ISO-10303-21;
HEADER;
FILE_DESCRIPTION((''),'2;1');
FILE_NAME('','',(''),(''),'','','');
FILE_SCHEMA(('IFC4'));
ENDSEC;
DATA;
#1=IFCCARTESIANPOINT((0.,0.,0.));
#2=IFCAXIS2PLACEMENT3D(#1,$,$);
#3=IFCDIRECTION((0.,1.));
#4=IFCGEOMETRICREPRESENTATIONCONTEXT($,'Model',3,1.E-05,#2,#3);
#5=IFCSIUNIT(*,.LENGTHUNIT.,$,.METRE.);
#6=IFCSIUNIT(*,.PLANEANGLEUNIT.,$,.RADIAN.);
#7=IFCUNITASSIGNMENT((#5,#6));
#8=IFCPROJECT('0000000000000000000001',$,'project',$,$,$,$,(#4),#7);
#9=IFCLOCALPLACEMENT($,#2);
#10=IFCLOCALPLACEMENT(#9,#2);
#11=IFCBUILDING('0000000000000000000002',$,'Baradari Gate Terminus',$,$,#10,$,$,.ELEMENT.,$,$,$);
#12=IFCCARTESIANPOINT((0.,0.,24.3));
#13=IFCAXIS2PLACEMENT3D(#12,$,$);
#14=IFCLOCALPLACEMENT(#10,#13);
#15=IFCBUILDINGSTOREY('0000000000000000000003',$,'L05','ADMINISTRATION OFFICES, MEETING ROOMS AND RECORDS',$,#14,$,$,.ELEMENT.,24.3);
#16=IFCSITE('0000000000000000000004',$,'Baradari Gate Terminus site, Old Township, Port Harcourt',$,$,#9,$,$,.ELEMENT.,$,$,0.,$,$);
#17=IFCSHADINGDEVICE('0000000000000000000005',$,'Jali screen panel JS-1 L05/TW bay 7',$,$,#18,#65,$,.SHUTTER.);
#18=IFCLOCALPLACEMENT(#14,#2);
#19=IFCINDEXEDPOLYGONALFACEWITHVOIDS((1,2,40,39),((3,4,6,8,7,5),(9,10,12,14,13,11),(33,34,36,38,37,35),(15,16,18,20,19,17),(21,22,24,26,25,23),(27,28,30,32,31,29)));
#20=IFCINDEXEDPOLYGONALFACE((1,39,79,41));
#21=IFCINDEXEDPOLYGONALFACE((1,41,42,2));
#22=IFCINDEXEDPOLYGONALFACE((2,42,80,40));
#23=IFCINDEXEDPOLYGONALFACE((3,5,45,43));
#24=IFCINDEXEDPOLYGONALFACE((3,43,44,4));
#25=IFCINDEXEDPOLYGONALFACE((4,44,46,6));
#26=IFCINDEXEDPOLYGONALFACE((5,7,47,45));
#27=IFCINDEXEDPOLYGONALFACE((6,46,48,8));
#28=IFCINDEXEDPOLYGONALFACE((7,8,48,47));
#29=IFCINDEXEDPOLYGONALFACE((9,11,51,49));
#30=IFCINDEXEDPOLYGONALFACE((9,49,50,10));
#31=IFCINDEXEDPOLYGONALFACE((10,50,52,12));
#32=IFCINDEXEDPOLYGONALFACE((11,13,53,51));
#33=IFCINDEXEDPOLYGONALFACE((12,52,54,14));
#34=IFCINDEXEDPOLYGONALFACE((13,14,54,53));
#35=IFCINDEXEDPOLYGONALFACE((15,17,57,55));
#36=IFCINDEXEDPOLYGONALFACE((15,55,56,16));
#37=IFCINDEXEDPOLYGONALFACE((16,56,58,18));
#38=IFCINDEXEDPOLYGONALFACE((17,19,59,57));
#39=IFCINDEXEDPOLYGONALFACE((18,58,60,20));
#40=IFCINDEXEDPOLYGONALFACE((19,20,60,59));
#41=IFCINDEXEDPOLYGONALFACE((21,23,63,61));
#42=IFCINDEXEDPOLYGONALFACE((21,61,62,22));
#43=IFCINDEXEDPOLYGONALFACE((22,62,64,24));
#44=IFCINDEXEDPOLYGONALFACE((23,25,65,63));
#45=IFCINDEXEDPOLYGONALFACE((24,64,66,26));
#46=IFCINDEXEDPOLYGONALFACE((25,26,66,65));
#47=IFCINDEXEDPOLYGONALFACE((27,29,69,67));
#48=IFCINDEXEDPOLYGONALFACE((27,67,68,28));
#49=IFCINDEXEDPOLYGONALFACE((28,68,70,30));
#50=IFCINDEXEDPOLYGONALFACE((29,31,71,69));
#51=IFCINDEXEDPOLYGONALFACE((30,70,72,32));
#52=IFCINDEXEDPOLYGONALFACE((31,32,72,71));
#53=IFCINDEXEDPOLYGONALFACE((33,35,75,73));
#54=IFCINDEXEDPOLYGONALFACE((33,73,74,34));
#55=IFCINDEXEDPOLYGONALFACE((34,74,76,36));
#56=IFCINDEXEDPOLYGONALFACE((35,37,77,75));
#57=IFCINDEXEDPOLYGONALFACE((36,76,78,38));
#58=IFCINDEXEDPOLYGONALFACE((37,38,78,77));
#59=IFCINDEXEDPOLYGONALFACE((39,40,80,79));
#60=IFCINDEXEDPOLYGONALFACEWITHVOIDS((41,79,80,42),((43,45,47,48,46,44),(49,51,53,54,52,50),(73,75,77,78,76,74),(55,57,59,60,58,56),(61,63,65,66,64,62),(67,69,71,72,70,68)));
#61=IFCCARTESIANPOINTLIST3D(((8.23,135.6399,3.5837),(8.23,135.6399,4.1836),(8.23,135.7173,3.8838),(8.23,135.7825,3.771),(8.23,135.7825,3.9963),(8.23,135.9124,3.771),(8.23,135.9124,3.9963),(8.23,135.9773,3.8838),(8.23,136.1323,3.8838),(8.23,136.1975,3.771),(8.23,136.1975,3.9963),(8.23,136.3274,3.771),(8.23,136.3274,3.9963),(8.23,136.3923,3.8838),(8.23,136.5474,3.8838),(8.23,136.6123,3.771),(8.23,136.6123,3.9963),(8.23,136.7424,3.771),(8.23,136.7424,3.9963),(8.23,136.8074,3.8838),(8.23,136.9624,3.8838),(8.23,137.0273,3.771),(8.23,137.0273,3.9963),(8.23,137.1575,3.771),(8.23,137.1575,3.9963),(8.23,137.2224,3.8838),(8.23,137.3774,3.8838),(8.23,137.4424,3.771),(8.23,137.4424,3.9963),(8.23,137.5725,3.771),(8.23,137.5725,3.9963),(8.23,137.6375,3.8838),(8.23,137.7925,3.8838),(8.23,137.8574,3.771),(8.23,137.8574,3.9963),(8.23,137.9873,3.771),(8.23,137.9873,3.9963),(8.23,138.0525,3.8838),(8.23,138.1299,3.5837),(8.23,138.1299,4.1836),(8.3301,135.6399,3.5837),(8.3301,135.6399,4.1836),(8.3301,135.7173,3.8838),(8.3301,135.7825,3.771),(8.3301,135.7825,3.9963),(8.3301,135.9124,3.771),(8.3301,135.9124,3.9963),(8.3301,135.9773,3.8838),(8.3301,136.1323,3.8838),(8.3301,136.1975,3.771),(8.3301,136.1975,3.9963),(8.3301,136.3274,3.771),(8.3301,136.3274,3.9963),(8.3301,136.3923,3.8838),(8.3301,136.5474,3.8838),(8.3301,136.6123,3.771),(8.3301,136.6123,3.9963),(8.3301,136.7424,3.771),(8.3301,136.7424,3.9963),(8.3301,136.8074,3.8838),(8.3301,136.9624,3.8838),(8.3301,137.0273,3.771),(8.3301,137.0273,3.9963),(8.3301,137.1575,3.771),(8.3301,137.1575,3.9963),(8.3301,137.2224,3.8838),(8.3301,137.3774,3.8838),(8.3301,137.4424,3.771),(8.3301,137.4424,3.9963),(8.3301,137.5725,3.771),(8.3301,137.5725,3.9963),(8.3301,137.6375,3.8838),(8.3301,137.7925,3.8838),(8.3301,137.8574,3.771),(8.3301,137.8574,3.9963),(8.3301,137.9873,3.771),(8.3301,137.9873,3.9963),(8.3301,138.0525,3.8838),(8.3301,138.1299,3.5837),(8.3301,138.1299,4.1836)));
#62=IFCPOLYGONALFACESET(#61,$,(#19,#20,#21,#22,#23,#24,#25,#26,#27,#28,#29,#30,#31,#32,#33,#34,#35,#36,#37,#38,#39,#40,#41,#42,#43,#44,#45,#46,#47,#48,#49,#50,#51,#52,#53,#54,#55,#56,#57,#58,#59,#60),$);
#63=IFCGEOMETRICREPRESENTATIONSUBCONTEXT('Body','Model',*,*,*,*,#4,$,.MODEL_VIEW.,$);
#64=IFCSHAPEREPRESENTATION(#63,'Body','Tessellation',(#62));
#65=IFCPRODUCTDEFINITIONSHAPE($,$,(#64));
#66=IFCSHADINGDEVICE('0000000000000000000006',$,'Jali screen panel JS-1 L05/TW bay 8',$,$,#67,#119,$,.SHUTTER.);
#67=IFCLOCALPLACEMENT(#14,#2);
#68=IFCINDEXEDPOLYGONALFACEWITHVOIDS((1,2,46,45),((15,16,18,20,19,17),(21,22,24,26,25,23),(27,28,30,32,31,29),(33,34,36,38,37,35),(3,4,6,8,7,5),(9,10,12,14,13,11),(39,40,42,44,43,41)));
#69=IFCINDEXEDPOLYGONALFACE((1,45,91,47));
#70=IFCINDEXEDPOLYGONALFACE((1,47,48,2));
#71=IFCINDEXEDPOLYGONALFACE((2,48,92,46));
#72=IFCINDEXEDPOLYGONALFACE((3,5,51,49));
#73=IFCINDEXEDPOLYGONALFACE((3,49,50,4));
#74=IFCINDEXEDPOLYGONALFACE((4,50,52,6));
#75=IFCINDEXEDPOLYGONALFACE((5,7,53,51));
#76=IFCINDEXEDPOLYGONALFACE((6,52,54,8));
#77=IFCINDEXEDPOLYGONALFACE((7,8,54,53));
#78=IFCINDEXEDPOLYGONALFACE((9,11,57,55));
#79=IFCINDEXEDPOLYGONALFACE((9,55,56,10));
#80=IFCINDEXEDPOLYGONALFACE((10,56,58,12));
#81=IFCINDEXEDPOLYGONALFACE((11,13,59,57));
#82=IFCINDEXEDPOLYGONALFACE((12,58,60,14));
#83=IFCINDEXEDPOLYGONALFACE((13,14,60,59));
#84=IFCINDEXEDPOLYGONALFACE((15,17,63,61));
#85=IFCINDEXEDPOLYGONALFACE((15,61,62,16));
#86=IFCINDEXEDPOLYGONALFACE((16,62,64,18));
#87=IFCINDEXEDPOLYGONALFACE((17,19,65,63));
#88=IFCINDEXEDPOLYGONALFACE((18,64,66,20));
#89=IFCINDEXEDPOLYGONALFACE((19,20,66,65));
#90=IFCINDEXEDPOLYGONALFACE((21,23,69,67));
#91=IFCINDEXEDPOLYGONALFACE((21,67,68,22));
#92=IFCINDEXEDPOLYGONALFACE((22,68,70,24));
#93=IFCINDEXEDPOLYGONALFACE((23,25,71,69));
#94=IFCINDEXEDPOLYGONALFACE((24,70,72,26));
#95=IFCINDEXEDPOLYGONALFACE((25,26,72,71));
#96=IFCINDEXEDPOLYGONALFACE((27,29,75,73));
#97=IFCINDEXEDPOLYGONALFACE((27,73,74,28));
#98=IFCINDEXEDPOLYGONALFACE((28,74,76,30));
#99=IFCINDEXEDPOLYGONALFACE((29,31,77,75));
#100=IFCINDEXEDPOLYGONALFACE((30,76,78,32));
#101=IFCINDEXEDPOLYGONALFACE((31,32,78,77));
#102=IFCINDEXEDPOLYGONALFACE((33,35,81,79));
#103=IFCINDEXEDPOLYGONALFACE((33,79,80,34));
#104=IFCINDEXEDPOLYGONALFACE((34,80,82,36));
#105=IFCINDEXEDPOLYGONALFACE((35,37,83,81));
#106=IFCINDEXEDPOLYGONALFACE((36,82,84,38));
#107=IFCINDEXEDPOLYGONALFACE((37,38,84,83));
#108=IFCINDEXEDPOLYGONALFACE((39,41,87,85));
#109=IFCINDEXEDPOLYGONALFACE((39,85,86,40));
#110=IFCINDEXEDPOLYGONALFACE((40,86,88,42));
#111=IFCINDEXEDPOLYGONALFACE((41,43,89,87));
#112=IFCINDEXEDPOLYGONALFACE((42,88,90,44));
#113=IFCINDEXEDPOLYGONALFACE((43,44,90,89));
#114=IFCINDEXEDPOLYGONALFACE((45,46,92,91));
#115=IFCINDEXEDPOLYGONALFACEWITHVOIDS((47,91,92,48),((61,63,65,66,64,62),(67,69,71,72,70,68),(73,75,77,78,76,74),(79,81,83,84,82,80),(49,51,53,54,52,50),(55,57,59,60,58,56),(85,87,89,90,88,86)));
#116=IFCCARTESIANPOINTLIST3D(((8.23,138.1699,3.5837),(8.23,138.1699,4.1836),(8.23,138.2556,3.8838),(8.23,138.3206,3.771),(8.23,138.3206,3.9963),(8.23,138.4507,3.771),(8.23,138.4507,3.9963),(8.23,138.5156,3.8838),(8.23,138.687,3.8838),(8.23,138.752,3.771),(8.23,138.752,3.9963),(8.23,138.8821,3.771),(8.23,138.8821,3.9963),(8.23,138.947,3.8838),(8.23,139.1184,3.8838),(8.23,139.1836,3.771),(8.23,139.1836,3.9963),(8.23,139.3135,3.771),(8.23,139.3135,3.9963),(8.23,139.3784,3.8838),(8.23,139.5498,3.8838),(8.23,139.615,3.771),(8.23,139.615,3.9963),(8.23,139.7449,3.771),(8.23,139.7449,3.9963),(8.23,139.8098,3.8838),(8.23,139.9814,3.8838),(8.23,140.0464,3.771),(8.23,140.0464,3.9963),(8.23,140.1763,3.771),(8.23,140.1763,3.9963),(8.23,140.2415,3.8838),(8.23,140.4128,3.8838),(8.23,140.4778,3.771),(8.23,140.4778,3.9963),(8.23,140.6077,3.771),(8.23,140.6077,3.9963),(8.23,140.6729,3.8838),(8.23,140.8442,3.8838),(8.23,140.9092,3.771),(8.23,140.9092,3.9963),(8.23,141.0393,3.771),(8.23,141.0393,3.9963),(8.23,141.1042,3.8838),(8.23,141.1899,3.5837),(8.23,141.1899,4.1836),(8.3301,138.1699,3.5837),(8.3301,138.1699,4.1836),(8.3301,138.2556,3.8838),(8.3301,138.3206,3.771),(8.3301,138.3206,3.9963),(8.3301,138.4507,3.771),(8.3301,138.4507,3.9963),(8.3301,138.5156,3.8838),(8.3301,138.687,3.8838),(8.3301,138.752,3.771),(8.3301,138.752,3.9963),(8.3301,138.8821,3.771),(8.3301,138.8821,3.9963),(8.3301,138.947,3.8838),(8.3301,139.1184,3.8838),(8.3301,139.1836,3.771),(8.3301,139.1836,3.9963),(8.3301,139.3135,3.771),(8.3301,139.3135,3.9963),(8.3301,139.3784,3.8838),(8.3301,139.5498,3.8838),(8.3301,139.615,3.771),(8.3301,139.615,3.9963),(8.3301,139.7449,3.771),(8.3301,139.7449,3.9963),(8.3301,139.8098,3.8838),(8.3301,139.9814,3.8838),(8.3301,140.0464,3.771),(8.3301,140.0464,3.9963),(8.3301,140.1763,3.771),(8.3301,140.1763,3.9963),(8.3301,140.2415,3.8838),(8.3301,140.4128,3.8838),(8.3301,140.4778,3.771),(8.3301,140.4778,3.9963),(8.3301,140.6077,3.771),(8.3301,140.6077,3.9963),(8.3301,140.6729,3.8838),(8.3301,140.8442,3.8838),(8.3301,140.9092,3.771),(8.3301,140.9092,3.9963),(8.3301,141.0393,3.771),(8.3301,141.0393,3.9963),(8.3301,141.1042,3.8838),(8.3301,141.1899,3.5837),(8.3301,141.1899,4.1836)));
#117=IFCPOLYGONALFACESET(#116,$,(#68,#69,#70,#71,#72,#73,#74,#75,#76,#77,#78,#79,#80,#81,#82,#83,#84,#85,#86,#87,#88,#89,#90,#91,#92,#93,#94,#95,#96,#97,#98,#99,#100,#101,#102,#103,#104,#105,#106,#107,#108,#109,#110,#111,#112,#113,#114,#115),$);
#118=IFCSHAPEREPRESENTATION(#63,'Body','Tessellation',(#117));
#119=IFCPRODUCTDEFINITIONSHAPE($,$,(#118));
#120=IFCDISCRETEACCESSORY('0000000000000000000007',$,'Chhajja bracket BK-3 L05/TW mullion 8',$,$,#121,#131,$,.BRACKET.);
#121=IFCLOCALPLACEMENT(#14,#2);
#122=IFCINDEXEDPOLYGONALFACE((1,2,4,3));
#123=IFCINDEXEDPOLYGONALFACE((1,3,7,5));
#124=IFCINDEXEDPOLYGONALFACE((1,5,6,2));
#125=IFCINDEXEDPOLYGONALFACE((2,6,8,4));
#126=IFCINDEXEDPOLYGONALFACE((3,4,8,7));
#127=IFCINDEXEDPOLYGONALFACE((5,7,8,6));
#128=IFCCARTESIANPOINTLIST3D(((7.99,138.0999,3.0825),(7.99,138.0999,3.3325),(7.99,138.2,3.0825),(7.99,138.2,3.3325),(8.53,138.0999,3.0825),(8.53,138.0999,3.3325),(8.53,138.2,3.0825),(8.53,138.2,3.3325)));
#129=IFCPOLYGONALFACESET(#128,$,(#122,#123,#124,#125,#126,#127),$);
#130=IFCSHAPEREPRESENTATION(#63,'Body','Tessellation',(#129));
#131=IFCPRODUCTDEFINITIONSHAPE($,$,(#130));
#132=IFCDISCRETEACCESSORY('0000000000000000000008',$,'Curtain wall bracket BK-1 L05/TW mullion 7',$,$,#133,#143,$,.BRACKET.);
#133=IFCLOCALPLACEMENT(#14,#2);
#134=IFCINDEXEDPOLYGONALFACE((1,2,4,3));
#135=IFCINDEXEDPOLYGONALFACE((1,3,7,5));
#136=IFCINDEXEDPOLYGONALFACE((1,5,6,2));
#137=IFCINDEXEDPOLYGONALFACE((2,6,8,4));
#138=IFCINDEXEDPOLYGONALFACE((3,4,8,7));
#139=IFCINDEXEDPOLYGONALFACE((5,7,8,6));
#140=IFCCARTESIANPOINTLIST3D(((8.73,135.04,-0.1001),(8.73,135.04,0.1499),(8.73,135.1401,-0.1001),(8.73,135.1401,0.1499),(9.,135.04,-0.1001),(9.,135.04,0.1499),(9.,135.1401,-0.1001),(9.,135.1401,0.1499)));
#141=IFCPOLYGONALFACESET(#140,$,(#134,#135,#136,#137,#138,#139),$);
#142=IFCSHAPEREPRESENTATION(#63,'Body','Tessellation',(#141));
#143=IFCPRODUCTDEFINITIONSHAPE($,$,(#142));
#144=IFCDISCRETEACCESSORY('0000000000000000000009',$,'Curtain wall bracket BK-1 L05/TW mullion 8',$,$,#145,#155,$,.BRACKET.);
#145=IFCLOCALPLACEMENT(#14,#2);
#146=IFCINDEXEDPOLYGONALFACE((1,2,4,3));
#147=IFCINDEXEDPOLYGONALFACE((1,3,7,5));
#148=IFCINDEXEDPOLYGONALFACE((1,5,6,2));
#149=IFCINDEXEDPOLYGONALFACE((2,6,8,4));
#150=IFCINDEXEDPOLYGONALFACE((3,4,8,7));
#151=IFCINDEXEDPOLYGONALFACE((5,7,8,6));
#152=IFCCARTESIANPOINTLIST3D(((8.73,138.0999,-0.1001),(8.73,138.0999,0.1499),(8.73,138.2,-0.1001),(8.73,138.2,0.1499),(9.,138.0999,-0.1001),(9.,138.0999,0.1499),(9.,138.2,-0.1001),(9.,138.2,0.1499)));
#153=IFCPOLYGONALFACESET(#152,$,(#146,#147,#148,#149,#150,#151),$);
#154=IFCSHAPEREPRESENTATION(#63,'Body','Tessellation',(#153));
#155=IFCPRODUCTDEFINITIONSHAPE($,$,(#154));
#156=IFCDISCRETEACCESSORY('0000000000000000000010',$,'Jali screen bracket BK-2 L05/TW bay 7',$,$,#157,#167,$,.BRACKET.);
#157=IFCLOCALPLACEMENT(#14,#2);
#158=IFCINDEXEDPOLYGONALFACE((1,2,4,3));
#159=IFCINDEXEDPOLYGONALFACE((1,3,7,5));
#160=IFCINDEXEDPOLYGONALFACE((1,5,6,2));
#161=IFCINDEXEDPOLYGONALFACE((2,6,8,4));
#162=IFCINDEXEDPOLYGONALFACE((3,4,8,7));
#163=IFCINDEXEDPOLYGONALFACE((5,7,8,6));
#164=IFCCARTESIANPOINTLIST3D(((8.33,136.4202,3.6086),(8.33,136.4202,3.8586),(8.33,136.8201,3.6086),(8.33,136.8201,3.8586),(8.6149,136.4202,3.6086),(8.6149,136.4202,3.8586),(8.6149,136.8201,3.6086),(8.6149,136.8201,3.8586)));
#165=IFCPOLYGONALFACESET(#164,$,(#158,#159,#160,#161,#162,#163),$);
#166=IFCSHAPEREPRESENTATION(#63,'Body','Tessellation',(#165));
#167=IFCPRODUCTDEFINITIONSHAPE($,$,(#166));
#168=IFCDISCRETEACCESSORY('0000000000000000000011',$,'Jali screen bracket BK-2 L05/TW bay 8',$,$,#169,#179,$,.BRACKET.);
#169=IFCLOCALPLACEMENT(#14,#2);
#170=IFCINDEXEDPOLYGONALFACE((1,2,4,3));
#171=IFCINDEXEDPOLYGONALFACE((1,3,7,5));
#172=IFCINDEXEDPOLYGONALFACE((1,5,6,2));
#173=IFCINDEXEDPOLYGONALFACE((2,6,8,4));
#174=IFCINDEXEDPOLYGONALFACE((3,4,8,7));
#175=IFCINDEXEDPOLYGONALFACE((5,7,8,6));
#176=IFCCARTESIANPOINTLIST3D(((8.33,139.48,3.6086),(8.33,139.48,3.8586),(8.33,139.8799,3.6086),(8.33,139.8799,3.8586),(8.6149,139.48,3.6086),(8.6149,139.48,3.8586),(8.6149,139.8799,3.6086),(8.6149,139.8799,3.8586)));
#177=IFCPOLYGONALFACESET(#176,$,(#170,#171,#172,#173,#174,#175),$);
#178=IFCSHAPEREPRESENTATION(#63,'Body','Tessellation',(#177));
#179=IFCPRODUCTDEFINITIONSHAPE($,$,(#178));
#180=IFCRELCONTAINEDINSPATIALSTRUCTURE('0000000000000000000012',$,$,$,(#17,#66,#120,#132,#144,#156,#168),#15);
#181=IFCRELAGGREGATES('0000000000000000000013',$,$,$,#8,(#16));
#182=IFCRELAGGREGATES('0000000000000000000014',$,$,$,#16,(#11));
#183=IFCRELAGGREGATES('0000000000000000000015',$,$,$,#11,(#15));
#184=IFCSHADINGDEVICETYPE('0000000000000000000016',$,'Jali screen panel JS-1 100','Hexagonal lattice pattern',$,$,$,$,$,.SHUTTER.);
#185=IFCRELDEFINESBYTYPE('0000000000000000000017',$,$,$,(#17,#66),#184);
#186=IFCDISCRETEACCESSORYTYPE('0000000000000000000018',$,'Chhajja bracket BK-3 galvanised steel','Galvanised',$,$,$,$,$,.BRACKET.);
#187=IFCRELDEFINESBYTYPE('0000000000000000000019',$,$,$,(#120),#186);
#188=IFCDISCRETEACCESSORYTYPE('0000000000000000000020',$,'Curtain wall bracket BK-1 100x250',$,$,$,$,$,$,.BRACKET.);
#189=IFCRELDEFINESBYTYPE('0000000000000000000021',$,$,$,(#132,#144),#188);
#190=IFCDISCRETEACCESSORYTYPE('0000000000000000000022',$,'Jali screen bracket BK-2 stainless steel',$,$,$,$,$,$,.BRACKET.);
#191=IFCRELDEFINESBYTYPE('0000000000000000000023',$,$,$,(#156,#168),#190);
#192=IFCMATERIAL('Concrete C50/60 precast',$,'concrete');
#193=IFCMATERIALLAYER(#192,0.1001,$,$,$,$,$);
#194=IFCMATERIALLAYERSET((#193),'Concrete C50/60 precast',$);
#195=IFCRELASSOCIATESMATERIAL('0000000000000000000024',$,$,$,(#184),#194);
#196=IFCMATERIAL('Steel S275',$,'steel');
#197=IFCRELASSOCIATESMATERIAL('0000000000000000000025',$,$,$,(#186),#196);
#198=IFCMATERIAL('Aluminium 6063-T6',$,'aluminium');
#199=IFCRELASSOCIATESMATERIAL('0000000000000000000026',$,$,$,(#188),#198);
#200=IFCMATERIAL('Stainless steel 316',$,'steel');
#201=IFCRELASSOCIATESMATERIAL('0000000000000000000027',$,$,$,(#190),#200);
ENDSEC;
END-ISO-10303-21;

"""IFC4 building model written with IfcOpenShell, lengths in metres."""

from ifc_helpers import new_model, si_unit, direction, frame, origin, origin_2d, place, context, subcontext, project, spatial, polyline, rectangle, outline, extrude, material, layer, layer_set, type_object, element, save


model = new_model("IFC4")

# Units and contexts
model_context = context("Model", 3, precision=1e-05, world=origin(), true_north=direction((0.0, 1.0)))
body_context = subcontext(model_context, "Body", "Model", "MODEL_VIEW")
ifc_project = project(units=[si_unit("LENGTHUNIT", "METRE"), si_unit("PLANEANGLEUNIT", "RADIAN")], contexts=[model_context])

# Site, building, storey
site_placement = place(None, origin())
site = spatial("IfcSite", under=ifc_project, at=site_placement, Name="Baradari Gate Terminus site, Old Township, Port Harcourt", CompositionType="ELEMENT", RefElevation=0.0)
building_placement = place(site_placement, origin())
building = spatial("IfcBuilding", under=site, at=building_placement, Name="Baradari Gate Terminus", CompositionType="ELEMENT")
storey_placement = place(building_placement, frame((0.0, 0.0, 24.3)))
storey = spatial("IfcBuildingStorey", under=building, at=storey_placement, Name="L05", Description="ADMINISTRATION OFFICES, MEETING ROOMS AND RECORDS", CompositionType="ELEMENT", Elevation=24.3)

# Shading devices
ifc_material_1 = material(Name="Concrete C50/60 precast", Category="concrete")
ifc_layer_1 = layer(ifc_material_1, 0.1001)
ifc_layer_set_1 = layer_set([ifc_layer_1], Name="Concrete C50/60 precast")
shading_device_type_1 = type_object("IfcShadingDeviceType", Name="Jali screen panel JS-1 100", Description="Hexagonal lattice pattern", PredefinedType="SHUTTER", material=ifc_layer_set_1)
shading_device_1_placement = place(storey_placement, frame((8.28, 135.6399, 3.5837), z_axis=(0.0, 0.0, 1.0), x_axis=(0.0, 1.0, 0.0)))
element("IfcShadingDevice", 1, at=shading_device_1_placement, inside=storey, type_object=shading_device_type_1, Name="Jali screen panel JS-1 L05/TW bay 7", PredefinedType="SHUTTER", context=body_context, shape_type="SweptSolid", body=[
    extrude(outline(polyline([(0.0, 0.0), (2.49, 0.0), (2.49, 0.5999), (0.0, 0.5999), (0.0, 0.0)]), holes=[polyline([(0.3374, 0.3), (0.2725, 0.1873), (0.1426, 0.1873), (0.0774, 0.3), (0.1426, 0.4126), (0.2725, 0.4126), (0.3374, 0.3)]), polyline([(0.7524, 0.3), (0.6875, 0.1873), (0.5576, 0.1873), (0.4924, 0.3), (0.5576, 0.4126), (0.6875, 0.4126), (0.7524, 0.3)]), polyline([(1.1675, 0.3), (1.1025, 0.1873), (0.9724, 0.1873), (0.9075, 0.3), (0.9724, 0.4126), (1.1025, 0.4126), (1.1675, 0.3)]), polyline([(1.5825, 0.3), (1.5176, 0.1873), (1.3875, 0.1873), (1.3225, 0.3), (1.3875, 0.4126), (1.5176, 0.4126), (1.5825, 0.3)]), polyline([(1.9976, 0.3), (1.9326, 0.1873), (1.8025, 0.1873), (1.7375, 0.3), (1.8025, 0.4126), (1.9326, 0.4126), (1.9976, 0.3)]), polyline([(2.4126, 0.3), (2.3474, 0.1873), (2.2175, 0.1873), (2.1526, 0.3), (2.2175, 0.4126), (2.3474, 0.4126), (2.4126, 0.3)])]), frame((0.0, 0.05, 0.0), z_axis=(0.0, -1.0, 0.0), x_axis=(1.0, 0.0, 0.0)), (0.0, 0.0, 1.0), 0.1001),
])
shading_device_2_placement = place(storey_placement, frame((8.28, 138.1699, 3.5837), z_axis=(0.0, 0.0, 1.0), x_axis=(0.0, 1.0, 0.0)))
element("IfcShadingDevice", 2, at=shading_device_2_placement, inside=storey, type_object=shading_device_type_1, Name="Jali screen panel JS-1 L05/TW bay 8", PredefinedType="SHUTTER", context=body_context, shape_type="SweptSolid", body=[
    extrude(outline(polyline([(0.0, 0.0), (3.02, 0.0), (3.02, 0.5999), (0.0, 0.5999), (0.0, 0.0)]), holes=[polyline([(0.3457, 0.3), (0.2808, 0.1873), (0.1506, 0.1873), (0.0857, 0.3), (0.1506, 0.4126), (0.2808, 0.4126), (0.3457, 0.3)]), polyline([(0.7771, 0.3), (0.7122, 0.1873), (0.582, 0.1873), (0.5171, 0.3), (0.582, 0.4126), (0.7122, 0.4126), (0.7771, 0.3)]), polyline([(1.2085, 0.3), (1.1436, 0.1873), (1.0137, 0.1873), (0.9485, 0.3), (1.0137, 0.4126), (1.1436, 0.4126), (1.2085, 0.3)]), polyline([(1.6399, 0.3), (1.575, 0.1873), (1.4451, 0.1873), (1.3799, 0.3), (1.4451, 0.4126), (1.575, 0.4126), (1.6399, 0.3)]), polyline([(2.0715, 0.3), (2.0063, 0.1873), (1.8765, 0.1873), (1.8115, 0.3), (1.8765, 0.4126), (2.0063, 0.4126), (2.0715, 0.3)]), polyline([(2.5029, 0.3), (2.4377, 0.1873), (2.3079, 0.1873), (2.2429, 0.3), (2.3079, 0.4126), (2.4377, 0.4126), (2.5029, 0.3)]), polyline([(2.9343, 0.3), (2.8694, 0.1873), (2.7393, 0.1873), (2.6743, 0.3), (2.7393, 0.4126), (2.8694, 0.4126), (2.9343, 0.3)])]), frame((0.0, 0.05, 0.0), z_axis=(0.0, -1.0, 0.0), x_axis=(1.0, 0.0, 0.0)), (0.0, 0.0, 1.0), 0.1001),
])

# Discrete accessories
ifc_material_2 = material(Name="Steel S275", Category="steel")
discrete_accessory_type_1 = type_object("IfcDiscreteAccessoryType", Name="Chhajja bracket BK-3 galvanised steel", Description="Galvanised", PredefinedType="BRACKET", material=ifc_material_2)
discrete_accessory_placement = place(storey_placement, frame((8.26, 138.1499, 3.0825), z_axis=(0.0, 0.0, 1.0), x_axis=(-1.0, 0.0, 0.0)))
element("IfcDiscreteAccessory", 3, at=discrete_accessory_placement, inside=storey, type_object=discrete_accessory_type_1, Name="Chhajja bracket BK-3 L05/TW mullion 8", PredefinedType="BRACKET", context=body_context, shape_type="SweptSolid", body=[
    extrude(rectangle(XDim=0.54, YDim=0.1001, at=origin_2d()), origin(), (0.0, 0.0, 1.0), 0.25),
])
ifc_material_3 = material(Name="Aluminium 6063-T6", Category="aluminium")
discrete_accessory_type_2 = type_object("IfcDiscreteAccessoryType", Name="Curtain wall bracket BK-1 100x250", PredefinedType="BRACKET", material=ifc_material_3)
for number, where, z_axis, x_axis, name in (
    (4, (8.865, 135.0901, -0.1001), (0.0, 0.0, 1.0), (-1.0, 0.0, 0.0), "Curtain wall bracket BK-1 L05/TW mullion 7"),
    (5, (8.865, 138.1499, -0.1001), (0.0, 0.0, 1.0), (-1.0, 0.0, 0.0), "Curtain wall bracket BK-1 L05/TW mullion 8"),
):
    element("IfcDiscreteAccessory", number, at=place(storey_placement, frame(where, z_axis=z_axis, x_axis=x_axis)), inside=storey, type_object=discrete_accessory_type_2, Name=name, PredefinedType="BRACKET", context=body_context, shape_type="SweptSolid", body=[
        extrude(rectangle(XDim=0.27, YDim=0.1001, at=origin_2d()), origin(), (0.0, 0.0, 1.0), 0.25),
    ])
ifc_material_4 = material(Name="Stainless steel 316", Category="steel")
discrete_accessory_type_3 = type_object("IfcDiscreteAccessoryType", Name="Jali screen bracket BK-2 stainless steel", PredefinedType="BRACKET", material=ifc_material_4)
for number, where, z_axis, x_axis, name in (
    (6, (8.4724, 136.6201, 3.6086), (0.0, 0.0, 1.0), (-1.0, 0.0, 0.0), "Jali screen bracket BK-2 L05/TW bay 7"),
    (7, (8.4724, 139.6799, 3.6086), (0.0, 0.0, 1.0), (-1.0, 0.0, 0.0), "Jali screen bracket BK-2 L05/TW bay 8"),
):
    element("IfcDiscreteAccessory", number, at=place(storey_placement, frame(where, z_axis=z_axis, x_axis=x_axis)), inside=storey, type_object=discrete_accessory_type_3, Name=name, PredefinedType="BRACKET", context=body_context, shape_type="SweptSolid", body=[
        extrude(rectangle(XDim=0.2849, YDim=0.3999, at=origin_2d()), origin(), (0.0, 0.0, 1.0), 0.25),
    ])

save(model, "model.ifc")
